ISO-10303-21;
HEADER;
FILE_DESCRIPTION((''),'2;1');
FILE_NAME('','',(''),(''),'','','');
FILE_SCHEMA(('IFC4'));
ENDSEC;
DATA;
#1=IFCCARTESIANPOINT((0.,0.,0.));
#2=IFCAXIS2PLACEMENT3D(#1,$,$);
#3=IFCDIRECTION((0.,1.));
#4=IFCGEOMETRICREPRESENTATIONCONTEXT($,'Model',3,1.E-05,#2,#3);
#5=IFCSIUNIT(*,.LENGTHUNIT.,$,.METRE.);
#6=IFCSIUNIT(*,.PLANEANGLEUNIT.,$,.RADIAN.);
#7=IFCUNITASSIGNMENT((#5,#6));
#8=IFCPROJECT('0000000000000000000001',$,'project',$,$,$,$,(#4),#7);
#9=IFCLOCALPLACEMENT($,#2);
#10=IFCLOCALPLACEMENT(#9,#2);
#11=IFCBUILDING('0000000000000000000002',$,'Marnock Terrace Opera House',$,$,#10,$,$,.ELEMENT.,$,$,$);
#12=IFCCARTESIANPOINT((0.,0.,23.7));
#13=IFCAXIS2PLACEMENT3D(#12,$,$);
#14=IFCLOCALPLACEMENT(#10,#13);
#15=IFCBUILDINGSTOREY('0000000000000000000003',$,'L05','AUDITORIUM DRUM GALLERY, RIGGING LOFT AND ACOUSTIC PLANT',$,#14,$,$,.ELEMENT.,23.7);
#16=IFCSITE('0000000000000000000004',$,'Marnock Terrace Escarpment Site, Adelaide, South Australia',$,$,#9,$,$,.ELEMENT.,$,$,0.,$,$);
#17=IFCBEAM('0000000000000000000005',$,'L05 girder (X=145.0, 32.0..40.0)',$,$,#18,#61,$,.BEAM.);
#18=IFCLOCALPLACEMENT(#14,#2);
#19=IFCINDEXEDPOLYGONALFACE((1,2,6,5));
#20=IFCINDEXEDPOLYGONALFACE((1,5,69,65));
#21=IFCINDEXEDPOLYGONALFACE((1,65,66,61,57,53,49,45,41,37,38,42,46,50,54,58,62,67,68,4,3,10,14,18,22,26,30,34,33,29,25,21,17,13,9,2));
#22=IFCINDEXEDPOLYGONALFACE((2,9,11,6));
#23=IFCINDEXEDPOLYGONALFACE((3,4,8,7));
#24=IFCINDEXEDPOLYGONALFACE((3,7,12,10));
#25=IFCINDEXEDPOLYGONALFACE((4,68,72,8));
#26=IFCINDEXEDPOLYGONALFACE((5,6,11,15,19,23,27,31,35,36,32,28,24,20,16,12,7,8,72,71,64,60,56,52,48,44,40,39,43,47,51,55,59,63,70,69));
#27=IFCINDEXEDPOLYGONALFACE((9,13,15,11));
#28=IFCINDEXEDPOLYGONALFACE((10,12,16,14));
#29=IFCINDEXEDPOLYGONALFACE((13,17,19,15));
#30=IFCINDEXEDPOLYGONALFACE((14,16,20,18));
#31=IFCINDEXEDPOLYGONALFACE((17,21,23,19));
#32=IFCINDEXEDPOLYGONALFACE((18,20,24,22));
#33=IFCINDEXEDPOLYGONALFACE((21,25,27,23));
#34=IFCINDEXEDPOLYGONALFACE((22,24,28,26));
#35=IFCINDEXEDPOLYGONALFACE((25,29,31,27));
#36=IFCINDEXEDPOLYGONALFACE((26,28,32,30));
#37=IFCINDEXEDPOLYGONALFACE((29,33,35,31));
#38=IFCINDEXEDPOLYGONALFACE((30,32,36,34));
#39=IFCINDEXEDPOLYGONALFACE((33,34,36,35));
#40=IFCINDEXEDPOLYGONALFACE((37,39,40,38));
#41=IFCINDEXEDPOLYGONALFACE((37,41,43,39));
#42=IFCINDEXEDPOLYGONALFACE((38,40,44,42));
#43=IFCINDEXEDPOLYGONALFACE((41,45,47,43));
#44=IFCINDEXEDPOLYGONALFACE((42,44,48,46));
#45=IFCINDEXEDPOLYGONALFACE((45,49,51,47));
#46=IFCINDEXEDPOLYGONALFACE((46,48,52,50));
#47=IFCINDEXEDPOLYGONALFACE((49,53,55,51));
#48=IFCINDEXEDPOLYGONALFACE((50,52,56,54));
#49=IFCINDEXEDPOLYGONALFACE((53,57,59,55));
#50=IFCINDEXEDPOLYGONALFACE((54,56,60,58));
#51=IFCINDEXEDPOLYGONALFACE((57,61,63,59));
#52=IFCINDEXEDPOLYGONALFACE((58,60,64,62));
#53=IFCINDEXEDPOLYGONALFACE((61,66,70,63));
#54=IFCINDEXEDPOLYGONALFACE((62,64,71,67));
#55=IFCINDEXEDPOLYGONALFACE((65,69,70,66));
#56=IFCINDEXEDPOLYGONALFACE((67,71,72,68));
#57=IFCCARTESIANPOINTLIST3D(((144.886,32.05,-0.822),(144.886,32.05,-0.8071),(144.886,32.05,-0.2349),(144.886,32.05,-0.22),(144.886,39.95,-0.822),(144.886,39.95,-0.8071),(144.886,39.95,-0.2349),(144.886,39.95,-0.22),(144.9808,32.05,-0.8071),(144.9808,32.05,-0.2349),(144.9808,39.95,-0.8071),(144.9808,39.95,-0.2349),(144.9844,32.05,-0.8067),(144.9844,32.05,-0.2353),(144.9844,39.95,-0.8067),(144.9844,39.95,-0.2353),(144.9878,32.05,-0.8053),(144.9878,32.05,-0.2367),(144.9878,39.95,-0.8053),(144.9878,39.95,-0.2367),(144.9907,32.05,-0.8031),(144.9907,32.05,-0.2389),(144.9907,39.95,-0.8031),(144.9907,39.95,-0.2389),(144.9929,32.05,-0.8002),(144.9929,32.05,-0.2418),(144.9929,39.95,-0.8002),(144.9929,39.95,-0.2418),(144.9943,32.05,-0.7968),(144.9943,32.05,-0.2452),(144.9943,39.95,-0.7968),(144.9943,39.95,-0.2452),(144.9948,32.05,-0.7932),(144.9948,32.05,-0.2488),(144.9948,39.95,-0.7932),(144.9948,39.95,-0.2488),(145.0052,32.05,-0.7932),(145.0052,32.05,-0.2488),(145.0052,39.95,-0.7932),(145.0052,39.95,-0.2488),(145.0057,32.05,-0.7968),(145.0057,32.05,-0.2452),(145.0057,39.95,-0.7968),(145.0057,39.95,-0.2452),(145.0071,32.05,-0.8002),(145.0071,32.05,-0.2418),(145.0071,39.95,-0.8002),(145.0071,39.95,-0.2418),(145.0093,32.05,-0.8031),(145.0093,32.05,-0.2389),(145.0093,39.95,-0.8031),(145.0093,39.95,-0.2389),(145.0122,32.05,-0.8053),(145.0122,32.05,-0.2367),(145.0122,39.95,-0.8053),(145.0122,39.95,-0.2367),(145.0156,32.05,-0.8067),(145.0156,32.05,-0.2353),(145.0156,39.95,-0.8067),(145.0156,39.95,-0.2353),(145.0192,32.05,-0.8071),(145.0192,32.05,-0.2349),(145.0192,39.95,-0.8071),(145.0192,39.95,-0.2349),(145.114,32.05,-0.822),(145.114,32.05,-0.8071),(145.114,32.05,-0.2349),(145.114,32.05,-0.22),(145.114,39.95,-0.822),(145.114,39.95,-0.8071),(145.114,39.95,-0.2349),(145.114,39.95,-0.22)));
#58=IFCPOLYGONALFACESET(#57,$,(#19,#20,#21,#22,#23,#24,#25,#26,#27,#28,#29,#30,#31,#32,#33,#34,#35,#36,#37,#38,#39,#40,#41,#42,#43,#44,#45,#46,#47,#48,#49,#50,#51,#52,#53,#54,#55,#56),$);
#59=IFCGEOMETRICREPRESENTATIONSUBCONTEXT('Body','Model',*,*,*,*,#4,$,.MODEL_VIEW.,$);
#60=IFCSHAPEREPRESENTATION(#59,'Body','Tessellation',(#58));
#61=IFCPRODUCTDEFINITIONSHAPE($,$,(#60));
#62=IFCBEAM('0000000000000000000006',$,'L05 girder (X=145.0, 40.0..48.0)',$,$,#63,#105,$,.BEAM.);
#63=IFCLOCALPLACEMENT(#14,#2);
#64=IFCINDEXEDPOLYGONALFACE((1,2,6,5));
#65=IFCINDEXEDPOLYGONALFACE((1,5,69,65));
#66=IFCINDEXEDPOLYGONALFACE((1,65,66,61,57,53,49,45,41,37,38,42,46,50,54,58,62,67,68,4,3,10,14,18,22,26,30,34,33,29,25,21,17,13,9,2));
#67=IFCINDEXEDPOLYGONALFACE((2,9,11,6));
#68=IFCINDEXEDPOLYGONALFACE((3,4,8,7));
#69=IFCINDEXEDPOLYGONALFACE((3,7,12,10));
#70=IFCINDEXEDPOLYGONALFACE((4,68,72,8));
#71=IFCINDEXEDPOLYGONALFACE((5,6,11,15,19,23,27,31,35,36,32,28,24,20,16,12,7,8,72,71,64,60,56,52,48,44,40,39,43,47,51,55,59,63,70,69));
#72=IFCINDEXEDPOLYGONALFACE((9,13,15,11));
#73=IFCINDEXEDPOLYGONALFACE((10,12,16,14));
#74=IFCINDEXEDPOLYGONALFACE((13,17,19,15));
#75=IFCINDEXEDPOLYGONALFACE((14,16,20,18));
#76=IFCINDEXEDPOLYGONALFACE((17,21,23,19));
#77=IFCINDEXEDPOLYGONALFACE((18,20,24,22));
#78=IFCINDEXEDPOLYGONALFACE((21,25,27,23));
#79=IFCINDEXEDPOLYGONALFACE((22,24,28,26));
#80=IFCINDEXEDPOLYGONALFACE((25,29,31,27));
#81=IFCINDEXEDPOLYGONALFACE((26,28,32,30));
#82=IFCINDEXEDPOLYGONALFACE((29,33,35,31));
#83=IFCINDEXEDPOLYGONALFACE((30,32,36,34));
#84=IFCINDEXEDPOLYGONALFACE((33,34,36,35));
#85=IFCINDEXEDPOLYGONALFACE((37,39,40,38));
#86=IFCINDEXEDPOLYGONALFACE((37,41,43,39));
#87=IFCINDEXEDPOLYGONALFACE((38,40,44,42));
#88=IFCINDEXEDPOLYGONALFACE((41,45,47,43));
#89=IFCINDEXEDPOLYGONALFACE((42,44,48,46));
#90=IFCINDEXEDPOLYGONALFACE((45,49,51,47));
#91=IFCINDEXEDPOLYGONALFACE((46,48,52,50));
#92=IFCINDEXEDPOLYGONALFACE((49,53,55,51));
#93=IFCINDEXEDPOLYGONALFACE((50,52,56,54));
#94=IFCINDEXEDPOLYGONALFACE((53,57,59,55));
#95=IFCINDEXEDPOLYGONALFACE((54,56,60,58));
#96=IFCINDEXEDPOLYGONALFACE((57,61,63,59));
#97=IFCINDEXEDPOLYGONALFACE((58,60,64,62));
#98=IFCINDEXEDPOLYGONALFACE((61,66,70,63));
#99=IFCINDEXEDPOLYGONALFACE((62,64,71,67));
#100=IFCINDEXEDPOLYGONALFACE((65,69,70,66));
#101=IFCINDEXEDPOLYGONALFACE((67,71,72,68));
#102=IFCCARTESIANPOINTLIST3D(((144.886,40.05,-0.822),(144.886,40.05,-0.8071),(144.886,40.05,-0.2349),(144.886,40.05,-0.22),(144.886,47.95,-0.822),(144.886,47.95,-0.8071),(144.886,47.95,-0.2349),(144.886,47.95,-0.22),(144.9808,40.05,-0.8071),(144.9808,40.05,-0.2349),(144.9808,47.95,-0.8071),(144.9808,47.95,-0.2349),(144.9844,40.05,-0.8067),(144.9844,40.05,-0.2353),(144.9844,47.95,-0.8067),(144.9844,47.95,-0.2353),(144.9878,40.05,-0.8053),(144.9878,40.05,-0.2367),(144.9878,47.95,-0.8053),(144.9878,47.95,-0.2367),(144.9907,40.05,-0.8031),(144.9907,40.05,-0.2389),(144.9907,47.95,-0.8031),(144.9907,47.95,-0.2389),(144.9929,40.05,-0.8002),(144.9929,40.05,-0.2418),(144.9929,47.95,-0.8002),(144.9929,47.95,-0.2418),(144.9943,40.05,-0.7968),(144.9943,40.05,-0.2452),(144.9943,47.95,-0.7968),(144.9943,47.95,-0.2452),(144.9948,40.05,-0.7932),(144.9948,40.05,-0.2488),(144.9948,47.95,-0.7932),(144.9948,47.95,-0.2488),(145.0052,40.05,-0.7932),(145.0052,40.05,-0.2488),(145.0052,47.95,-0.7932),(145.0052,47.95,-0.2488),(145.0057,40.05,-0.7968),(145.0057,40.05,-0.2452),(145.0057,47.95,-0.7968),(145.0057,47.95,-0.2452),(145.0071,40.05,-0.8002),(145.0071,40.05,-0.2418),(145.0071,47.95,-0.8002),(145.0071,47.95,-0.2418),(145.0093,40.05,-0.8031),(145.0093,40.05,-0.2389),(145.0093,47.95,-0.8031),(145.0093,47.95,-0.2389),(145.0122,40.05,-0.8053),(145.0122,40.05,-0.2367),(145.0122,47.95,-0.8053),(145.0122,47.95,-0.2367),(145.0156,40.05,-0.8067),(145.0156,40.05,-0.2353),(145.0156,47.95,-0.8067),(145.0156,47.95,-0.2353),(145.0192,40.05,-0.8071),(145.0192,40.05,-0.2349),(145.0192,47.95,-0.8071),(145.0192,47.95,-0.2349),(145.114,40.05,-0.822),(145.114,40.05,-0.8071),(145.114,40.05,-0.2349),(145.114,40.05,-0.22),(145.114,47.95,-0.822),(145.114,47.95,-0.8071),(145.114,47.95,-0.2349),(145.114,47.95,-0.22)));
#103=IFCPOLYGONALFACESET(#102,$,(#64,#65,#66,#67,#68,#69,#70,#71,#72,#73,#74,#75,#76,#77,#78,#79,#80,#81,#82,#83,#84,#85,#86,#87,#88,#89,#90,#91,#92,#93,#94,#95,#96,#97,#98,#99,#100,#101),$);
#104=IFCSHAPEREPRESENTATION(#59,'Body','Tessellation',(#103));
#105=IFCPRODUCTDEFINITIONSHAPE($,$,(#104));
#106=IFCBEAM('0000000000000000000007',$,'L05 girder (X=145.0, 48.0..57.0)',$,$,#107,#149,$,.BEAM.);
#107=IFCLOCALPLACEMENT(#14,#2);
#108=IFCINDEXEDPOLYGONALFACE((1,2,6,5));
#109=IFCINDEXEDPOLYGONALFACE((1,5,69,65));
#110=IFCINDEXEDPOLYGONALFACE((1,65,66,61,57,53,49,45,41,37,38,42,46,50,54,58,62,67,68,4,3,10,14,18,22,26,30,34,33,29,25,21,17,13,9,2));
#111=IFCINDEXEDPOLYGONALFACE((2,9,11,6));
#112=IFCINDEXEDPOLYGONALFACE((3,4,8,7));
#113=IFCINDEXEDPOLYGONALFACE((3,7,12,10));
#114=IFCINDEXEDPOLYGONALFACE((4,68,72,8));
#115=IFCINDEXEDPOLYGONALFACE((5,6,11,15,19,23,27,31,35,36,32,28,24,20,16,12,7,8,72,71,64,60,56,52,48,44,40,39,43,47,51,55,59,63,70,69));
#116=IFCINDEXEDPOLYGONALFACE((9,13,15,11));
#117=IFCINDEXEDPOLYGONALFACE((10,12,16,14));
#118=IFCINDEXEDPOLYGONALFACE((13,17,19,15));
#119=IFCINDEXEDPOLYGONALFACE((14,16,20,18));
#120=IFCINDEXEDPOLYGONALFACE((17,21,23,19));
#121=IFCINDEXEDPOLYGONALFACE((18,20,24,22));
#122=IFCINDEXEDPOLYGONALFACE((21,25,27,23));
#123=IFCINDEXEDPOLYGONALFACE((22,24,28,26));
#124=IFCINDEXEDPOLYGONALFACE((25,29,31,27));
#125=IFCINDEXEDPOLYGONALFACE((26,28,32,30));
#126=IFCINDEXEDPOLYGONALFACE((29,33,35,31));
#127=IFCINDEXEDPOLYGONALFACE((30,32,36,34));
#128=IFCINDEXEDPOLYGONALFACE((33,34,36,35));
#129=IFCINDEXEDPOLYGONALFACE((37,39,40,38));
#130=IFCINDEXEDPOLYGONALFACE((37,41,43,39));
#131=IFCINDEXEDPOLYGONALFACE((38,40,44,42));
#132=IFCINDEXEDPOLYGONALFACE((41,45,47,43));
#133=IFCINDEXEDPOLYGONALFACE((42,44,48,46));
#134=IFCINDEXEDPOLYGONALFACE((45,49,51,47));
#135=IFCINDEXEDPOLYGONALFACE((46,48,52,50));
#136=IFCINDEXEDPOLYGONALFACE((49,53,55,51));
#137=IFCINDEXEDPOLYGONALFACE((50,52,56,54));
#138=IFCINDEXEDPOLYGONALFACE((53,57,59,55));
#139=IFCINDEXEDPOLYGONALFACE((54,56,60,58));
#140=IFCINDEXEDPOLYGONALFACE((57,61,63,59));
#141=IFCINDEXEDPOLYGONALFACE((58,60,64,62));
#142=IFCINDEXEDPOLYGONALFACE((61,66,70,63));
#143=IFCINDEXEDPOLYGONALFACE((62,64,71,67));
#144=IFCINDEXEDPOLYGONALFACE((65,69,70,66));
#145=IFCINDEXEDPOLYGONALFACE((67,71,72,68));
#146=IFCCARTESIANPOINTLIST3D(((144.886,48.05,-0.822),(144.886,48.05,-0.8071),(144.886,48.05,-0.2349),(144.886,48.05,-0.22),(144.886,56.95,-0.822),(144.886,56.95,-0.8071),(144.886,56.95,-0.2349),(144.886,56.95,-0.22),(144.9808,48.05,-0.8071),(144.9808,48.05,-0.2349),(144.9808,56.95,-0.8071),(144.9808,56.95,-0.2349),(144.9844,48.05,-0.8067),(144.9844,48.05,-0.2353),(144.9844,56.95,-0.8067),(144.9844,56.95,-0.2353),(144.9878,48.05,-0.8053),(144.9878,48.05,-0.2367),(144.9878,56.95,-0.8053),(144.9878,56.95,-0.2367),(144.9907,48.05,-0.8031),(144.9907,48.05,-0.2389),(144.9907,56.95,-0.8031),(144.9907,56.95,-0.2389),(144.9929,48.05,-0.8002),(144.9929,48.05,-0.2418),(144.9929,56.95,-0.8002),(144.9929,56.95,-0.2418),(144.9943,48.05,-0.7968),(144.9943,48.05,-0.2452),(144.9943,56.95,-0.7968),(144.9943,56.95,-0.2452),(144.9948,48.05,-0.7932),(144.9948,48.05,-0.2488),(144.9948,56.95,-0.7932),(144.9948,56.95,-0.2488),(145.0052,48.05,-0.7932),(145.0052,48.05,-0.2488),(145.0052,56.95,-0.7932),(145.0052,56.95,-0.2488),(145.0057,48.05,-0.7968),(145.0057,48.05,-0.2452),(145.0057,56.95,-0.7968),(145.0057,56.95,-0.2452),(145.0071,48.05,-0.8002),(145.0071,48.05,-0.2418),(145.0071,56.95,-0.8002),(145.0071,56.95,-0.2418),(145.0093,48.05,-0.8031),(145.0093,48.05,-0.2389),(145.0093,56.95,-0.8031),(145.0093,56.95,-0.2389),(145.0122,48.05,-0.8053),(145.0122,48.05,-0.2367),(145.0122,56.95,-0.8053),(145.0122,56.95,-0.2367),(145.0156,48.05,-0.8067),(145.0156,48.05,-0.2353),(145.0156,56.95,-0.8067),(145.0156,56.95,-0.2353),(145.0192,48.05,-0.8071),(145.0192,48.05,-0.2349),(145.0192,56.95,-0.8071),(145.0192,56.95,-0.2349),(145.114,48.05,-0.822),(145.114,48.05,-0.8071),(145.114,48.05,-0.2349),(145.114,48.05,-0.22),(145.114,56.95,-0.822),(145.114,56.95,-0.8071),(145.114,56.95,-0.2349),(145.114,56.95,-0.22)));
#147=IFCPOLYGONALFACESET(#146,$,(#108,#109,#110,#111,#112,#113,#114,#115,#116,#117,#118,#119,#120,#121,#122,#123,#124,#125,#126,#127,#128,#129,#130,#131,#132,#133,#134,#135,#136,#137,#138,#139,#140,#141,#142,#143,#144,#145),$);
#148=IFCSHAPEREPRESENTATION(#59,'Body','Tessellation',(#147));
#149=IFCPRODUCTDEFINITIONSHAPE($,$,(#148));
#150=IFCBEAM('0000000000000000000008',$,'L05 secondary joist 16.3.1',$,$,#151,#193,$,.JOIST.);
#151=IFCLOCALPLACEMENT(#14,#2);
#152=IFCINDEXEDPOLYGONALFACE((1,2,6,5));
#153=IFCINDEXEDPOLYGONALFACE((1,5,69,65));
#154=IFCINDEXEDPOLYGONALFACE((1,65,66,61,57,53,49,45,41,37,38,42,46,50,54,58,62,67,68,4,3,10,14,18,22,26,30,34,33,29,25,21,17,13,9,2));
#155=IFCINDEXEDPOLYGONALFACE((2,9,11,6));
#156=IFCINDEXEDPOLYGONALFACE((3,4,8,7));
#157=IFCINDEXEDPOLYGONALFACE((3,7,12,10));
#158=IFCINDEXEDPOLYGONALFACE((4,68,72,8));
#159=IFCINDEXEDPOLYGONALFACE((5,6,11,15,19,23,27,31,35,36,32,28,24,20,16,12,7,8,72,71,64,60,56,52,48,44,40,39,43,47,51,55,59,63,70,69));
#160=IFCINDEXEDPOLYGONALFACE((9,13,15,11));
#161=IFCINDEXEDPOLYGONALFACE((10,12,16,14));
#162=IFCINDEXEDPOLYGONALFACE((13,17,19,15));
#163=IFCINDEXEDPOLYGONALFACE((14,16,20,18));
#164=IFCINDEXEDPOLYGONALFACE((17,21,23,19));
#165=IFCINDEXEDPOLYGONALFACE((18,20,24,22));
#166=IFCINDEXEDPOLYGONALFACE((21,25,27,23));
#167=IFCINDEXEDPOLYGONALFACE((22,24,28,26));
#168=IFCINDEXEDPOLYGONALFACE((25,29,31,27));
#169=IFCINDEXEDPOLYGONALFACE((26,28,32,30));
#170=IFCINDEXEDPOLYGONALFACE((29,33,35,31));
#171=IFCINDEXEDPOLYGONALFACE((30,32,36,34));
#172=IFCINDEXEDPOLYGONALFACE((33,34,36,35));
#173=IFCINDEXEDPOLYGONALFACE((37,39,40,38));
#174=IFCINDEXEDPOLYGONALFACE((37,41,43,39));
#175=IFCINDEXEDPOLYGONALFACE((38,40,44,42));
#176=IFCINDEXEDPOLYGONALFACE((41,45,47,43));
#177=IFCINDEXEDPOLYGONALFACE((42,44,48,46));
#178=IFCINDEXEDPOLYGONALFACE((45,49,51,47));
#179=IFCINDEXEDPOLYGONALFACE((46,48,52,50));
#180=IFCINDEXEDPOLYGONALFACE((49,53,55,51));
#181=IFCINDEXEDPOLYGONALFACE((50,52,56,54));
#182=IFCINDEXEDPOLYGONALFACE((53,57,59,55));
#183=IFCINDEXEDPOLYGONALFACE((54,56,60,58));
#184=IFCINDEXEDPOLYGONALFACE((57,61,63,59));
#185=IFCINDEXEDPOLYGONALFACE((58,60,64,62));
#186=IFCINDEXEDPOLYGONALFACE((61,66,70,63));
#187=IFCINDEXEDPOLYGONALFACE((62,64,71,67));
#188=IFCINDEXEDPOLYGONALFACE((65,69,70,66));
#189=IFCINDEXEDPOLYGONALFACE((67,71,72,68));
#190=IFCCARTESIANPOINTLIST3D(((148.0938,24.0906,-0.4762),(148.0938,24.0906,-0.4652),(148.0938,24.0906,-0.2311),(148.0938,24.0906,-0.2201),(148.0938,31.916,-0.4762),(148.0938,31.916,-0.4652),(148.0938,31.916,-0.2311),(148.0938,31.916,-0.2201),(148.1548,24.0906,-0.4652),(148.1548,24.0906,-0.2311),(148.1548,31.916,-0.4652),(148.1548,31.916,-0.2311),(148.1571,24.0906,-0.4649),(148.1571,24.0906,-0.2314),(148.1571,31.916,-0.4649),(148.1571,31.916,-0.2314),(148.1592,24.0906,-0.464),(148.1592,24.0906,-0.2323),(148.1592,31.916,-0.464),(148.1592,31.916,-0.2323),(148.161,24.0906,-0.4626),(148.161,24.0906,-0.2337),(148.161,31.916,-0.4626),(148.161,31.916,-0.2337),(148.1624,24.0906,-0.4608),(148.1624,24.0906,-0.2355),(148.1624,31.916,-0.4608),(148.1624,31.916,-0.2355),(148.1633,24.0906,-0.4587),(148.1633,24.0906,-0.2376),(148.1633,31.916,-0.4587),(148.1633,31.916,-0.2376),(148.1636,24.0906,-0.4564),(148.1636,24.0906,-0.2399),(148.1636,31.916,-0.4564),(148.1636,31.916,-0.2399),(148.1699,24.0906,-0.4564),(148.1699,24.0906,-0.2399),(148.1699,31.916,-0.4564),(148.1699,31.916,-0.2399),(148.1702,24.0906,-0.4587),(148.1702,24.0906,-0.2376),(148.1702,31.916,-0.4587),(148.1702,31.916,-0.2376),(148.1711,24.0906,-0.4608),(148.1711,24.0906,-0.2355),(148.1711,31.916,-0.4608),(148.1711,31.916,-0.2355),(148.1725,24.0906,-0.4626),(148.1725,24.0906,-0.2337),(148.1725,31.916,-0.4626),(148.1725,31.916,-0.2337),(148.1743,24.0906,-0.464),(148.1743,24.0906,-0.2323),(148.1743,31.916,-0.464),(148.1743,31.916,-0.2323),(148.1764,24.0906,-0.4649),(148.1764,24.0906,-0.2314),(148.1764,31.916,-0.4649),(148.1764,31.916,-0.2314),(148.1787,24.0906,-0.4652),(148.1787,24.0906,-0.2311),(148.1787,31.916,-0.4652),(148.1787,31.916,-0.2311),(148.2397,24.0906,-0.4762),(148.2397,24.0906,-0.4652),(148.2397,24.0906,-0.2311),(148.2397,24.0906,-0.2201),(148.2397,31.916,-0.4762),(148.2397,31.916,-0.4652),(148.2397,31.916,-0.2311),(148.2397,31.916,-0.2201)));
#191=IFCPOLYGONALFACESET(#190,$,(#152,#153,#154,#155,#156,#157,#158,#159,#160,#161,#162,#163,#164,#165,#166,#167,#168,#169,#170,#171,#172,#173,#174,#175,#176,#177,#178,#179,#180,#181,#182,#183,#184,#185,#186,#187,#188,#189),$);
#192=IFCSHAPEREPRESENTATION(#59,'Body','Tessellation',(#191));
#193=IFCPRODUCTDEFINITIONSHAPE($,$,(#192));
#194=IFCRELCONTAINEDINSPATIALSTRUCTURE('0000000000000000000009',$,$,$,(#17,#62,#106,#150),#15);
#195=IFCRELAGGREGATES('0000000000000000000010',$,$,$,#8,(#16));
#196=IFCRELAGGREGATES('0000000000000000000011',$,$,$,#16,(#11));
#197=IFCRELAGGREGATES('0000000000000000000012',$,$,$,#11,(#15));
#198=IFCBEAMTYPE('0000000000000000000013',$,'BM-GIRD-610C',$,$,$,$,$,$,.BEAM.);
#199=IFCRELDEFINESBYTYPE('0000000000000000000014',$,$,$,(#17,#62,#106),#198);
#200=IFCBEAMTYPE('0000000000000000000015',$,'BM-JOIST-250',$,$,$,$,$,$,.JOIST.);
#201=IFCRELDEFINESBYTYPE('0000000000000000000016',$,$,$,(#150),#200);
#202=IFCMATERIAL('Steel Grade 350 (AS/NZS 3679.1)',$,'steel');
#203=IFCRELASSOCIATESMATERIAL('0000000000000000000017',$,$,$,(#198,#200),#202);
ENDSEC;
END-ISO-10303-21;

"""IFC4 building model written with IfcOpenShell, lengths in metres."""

from ifc_helpers import new_model, si_unit, direction, frame, origin, origin_2d, place, context, subcontext, project, spatial, i_section, extrude, material, material_profile, profile_set, type_object, element, save


model = new_model("IFC4")

# Units and contexts
model_context = context("Model", 3, precision=1e-05, world=origin(), true_north=direction((0.0, 1.0)))
body_context = subcontext(model_context, "Body", "Model", "MODEL_VIEW")
ifc_project = project(units=[si_unit("LENGTHUNIT", "METRE"), si_unit("PLANEANGLEUNIT", "RADIAN")], contexts=[model_context])

# Site, building, storey
site_placement = place(None, origin())
site = spatial("IfcSite", under=ifc_project, at=site_placement, Name="Marnock Terrace Escarpment Site, Adelaide, South Australia", CompositionType="ELEMENT", RefElevation=0.0)
building_placement = place(site_placement, origin())
building = spatial("IfcBuilding", under=site, at=building_placement, Name="Marnock Terrace Opera House", CompositionType="ELEMENT")
storey_placement = place(building_placement, frame((0.0, 0.0, 23.7)))
storey = spatial("IfcBuildingStorey", under=building, at=storey_placement, Name="L05", Description="AUDITORIUM DRUM GALLERY, RIGGING LOFT AND ACOUSTIC PLANT", CompositionType="ELEMENT", Elevation=23.7)

# Beams
ifc_material_1 = material(Name="Steel Grade 350 (AS/NZS 3679.1)", Category="steel")
ifc_material_profile_1 = material_profile(ifc_material_1, i_section(OverallWidth=0.228, OverallDepth=0.6021, WebThickness=0.0105, FlangeThickness=0.0149, FilletRadius=0.0139, at=origin_2d()))
ifc_profile_set_1 = profile_set([ifc_material_profile_1], Name="Steel Grade 350 (AS/NZS 3679.1)")
beam_type_1 = type_object("IfcBeamType", Name="BM-GIRD-610C", PredefinedType="BEAM", material=ifc_profile_set_1)
for number, where, z_axis, x_axis, name in (
    (1, (145.0, 32.05, -0.521), (0.0, 1.0, 0.0), (-1.0, 0.0, 0.0), "L05 girder (X=145.0, 32.0..40.0)"),
    (2, (145.0, 40.05, -0.521), (0.0, 1.0, 0.0), (-1.0, 0.0, 0.0), "L05 girder (X=145.0, 40.0..48.0)"),
):
    element("IfcBeam", number, at=place(storey_placement, frame(where, z_axis=z_axis, x_axis=x_axis)), inside=storey, type_object=beam_type_1, Name=name, PredefinedType="BEAM", context=body_context, shape_type="SweptSolid", body=[
        extrude(i_section(OverallWidth=0.228, OverallDepth=0.6021, WebThickness=0.0105, FlangeThickness=0.0149, FilletRadius=0.0139, at=origin_2d()), origin(), (0.0, 0.0, 1.0), 7.8999),
    ])
beam_1_placement = place(storey_placement, frame((145.0, 48.05, -0.521), z_axis=(0.0, 1.0, 0.0), x_axis=(-1.0, 0.0, 0.0)))
element("IfcBeam", 3, at=beam_1_placement, inside=storey, type_object=beam_type_1, Name="L05 girder (X=145.0, 48.0..57.0)", PredefinedType="BEAM", context=body_context, shape_type="SweptSolid", body=[
    extrude(i_section(OverallWidth=0.228, OverallDepth=0.6021, WebThickness=0.0105, FlangeThickness=0.0149, FilletRadius=0.0139, at=origin_2d()), origin(), (0.0, 0.0, 1.0), 8.8999),
])
ifc_material_profile_2 = material_profile(ifc_material_1, i_section(OverallWidth=0.146, OverallDepth=0.2561, WebThickness=0.0063, FlangeThickness=0.011, FilletRadius=0.0088, at=origin_2d()))
ifc_profile_set_2 = profile_set([ifc_material_profile_2], Name="Steel Grade 350 (AS/NZS 3679.1)")
beam_type_2 = type_object("IfcBeamType", Name="BM-JOIST-250", PredefinedType="JOIST", material=ifc_profile_set_2)
for number, where, z_axis, x_axis, name in (
    (4, (148.1667, 24.0906, -0.3481), (0.0, 1.0, 0.0), (-1.0, 0.0, 0.0), "L05 secondary joist 16.3.1"),
):
    element("IfcBeam", number, at=place(storey_placement, frame(where, z_axis=z_axis, x_axis=x_axis)), inside=storey, type_object=beam_type_2, Name=name, PredefinedType="JOIST", context=body_context, shape_type="SweptSolid", body=[
        extrude(i_section(OverallWidth=0.146, OverallDepth=0.2561, WebThickness=0.0063, FlangeThickness=0.011, FilletRadius=0.0088, at=origin_2d()), origin(), (0.0, 0.0, 1.0), 7.8254),
    ])

save(model, "model.ifc")
